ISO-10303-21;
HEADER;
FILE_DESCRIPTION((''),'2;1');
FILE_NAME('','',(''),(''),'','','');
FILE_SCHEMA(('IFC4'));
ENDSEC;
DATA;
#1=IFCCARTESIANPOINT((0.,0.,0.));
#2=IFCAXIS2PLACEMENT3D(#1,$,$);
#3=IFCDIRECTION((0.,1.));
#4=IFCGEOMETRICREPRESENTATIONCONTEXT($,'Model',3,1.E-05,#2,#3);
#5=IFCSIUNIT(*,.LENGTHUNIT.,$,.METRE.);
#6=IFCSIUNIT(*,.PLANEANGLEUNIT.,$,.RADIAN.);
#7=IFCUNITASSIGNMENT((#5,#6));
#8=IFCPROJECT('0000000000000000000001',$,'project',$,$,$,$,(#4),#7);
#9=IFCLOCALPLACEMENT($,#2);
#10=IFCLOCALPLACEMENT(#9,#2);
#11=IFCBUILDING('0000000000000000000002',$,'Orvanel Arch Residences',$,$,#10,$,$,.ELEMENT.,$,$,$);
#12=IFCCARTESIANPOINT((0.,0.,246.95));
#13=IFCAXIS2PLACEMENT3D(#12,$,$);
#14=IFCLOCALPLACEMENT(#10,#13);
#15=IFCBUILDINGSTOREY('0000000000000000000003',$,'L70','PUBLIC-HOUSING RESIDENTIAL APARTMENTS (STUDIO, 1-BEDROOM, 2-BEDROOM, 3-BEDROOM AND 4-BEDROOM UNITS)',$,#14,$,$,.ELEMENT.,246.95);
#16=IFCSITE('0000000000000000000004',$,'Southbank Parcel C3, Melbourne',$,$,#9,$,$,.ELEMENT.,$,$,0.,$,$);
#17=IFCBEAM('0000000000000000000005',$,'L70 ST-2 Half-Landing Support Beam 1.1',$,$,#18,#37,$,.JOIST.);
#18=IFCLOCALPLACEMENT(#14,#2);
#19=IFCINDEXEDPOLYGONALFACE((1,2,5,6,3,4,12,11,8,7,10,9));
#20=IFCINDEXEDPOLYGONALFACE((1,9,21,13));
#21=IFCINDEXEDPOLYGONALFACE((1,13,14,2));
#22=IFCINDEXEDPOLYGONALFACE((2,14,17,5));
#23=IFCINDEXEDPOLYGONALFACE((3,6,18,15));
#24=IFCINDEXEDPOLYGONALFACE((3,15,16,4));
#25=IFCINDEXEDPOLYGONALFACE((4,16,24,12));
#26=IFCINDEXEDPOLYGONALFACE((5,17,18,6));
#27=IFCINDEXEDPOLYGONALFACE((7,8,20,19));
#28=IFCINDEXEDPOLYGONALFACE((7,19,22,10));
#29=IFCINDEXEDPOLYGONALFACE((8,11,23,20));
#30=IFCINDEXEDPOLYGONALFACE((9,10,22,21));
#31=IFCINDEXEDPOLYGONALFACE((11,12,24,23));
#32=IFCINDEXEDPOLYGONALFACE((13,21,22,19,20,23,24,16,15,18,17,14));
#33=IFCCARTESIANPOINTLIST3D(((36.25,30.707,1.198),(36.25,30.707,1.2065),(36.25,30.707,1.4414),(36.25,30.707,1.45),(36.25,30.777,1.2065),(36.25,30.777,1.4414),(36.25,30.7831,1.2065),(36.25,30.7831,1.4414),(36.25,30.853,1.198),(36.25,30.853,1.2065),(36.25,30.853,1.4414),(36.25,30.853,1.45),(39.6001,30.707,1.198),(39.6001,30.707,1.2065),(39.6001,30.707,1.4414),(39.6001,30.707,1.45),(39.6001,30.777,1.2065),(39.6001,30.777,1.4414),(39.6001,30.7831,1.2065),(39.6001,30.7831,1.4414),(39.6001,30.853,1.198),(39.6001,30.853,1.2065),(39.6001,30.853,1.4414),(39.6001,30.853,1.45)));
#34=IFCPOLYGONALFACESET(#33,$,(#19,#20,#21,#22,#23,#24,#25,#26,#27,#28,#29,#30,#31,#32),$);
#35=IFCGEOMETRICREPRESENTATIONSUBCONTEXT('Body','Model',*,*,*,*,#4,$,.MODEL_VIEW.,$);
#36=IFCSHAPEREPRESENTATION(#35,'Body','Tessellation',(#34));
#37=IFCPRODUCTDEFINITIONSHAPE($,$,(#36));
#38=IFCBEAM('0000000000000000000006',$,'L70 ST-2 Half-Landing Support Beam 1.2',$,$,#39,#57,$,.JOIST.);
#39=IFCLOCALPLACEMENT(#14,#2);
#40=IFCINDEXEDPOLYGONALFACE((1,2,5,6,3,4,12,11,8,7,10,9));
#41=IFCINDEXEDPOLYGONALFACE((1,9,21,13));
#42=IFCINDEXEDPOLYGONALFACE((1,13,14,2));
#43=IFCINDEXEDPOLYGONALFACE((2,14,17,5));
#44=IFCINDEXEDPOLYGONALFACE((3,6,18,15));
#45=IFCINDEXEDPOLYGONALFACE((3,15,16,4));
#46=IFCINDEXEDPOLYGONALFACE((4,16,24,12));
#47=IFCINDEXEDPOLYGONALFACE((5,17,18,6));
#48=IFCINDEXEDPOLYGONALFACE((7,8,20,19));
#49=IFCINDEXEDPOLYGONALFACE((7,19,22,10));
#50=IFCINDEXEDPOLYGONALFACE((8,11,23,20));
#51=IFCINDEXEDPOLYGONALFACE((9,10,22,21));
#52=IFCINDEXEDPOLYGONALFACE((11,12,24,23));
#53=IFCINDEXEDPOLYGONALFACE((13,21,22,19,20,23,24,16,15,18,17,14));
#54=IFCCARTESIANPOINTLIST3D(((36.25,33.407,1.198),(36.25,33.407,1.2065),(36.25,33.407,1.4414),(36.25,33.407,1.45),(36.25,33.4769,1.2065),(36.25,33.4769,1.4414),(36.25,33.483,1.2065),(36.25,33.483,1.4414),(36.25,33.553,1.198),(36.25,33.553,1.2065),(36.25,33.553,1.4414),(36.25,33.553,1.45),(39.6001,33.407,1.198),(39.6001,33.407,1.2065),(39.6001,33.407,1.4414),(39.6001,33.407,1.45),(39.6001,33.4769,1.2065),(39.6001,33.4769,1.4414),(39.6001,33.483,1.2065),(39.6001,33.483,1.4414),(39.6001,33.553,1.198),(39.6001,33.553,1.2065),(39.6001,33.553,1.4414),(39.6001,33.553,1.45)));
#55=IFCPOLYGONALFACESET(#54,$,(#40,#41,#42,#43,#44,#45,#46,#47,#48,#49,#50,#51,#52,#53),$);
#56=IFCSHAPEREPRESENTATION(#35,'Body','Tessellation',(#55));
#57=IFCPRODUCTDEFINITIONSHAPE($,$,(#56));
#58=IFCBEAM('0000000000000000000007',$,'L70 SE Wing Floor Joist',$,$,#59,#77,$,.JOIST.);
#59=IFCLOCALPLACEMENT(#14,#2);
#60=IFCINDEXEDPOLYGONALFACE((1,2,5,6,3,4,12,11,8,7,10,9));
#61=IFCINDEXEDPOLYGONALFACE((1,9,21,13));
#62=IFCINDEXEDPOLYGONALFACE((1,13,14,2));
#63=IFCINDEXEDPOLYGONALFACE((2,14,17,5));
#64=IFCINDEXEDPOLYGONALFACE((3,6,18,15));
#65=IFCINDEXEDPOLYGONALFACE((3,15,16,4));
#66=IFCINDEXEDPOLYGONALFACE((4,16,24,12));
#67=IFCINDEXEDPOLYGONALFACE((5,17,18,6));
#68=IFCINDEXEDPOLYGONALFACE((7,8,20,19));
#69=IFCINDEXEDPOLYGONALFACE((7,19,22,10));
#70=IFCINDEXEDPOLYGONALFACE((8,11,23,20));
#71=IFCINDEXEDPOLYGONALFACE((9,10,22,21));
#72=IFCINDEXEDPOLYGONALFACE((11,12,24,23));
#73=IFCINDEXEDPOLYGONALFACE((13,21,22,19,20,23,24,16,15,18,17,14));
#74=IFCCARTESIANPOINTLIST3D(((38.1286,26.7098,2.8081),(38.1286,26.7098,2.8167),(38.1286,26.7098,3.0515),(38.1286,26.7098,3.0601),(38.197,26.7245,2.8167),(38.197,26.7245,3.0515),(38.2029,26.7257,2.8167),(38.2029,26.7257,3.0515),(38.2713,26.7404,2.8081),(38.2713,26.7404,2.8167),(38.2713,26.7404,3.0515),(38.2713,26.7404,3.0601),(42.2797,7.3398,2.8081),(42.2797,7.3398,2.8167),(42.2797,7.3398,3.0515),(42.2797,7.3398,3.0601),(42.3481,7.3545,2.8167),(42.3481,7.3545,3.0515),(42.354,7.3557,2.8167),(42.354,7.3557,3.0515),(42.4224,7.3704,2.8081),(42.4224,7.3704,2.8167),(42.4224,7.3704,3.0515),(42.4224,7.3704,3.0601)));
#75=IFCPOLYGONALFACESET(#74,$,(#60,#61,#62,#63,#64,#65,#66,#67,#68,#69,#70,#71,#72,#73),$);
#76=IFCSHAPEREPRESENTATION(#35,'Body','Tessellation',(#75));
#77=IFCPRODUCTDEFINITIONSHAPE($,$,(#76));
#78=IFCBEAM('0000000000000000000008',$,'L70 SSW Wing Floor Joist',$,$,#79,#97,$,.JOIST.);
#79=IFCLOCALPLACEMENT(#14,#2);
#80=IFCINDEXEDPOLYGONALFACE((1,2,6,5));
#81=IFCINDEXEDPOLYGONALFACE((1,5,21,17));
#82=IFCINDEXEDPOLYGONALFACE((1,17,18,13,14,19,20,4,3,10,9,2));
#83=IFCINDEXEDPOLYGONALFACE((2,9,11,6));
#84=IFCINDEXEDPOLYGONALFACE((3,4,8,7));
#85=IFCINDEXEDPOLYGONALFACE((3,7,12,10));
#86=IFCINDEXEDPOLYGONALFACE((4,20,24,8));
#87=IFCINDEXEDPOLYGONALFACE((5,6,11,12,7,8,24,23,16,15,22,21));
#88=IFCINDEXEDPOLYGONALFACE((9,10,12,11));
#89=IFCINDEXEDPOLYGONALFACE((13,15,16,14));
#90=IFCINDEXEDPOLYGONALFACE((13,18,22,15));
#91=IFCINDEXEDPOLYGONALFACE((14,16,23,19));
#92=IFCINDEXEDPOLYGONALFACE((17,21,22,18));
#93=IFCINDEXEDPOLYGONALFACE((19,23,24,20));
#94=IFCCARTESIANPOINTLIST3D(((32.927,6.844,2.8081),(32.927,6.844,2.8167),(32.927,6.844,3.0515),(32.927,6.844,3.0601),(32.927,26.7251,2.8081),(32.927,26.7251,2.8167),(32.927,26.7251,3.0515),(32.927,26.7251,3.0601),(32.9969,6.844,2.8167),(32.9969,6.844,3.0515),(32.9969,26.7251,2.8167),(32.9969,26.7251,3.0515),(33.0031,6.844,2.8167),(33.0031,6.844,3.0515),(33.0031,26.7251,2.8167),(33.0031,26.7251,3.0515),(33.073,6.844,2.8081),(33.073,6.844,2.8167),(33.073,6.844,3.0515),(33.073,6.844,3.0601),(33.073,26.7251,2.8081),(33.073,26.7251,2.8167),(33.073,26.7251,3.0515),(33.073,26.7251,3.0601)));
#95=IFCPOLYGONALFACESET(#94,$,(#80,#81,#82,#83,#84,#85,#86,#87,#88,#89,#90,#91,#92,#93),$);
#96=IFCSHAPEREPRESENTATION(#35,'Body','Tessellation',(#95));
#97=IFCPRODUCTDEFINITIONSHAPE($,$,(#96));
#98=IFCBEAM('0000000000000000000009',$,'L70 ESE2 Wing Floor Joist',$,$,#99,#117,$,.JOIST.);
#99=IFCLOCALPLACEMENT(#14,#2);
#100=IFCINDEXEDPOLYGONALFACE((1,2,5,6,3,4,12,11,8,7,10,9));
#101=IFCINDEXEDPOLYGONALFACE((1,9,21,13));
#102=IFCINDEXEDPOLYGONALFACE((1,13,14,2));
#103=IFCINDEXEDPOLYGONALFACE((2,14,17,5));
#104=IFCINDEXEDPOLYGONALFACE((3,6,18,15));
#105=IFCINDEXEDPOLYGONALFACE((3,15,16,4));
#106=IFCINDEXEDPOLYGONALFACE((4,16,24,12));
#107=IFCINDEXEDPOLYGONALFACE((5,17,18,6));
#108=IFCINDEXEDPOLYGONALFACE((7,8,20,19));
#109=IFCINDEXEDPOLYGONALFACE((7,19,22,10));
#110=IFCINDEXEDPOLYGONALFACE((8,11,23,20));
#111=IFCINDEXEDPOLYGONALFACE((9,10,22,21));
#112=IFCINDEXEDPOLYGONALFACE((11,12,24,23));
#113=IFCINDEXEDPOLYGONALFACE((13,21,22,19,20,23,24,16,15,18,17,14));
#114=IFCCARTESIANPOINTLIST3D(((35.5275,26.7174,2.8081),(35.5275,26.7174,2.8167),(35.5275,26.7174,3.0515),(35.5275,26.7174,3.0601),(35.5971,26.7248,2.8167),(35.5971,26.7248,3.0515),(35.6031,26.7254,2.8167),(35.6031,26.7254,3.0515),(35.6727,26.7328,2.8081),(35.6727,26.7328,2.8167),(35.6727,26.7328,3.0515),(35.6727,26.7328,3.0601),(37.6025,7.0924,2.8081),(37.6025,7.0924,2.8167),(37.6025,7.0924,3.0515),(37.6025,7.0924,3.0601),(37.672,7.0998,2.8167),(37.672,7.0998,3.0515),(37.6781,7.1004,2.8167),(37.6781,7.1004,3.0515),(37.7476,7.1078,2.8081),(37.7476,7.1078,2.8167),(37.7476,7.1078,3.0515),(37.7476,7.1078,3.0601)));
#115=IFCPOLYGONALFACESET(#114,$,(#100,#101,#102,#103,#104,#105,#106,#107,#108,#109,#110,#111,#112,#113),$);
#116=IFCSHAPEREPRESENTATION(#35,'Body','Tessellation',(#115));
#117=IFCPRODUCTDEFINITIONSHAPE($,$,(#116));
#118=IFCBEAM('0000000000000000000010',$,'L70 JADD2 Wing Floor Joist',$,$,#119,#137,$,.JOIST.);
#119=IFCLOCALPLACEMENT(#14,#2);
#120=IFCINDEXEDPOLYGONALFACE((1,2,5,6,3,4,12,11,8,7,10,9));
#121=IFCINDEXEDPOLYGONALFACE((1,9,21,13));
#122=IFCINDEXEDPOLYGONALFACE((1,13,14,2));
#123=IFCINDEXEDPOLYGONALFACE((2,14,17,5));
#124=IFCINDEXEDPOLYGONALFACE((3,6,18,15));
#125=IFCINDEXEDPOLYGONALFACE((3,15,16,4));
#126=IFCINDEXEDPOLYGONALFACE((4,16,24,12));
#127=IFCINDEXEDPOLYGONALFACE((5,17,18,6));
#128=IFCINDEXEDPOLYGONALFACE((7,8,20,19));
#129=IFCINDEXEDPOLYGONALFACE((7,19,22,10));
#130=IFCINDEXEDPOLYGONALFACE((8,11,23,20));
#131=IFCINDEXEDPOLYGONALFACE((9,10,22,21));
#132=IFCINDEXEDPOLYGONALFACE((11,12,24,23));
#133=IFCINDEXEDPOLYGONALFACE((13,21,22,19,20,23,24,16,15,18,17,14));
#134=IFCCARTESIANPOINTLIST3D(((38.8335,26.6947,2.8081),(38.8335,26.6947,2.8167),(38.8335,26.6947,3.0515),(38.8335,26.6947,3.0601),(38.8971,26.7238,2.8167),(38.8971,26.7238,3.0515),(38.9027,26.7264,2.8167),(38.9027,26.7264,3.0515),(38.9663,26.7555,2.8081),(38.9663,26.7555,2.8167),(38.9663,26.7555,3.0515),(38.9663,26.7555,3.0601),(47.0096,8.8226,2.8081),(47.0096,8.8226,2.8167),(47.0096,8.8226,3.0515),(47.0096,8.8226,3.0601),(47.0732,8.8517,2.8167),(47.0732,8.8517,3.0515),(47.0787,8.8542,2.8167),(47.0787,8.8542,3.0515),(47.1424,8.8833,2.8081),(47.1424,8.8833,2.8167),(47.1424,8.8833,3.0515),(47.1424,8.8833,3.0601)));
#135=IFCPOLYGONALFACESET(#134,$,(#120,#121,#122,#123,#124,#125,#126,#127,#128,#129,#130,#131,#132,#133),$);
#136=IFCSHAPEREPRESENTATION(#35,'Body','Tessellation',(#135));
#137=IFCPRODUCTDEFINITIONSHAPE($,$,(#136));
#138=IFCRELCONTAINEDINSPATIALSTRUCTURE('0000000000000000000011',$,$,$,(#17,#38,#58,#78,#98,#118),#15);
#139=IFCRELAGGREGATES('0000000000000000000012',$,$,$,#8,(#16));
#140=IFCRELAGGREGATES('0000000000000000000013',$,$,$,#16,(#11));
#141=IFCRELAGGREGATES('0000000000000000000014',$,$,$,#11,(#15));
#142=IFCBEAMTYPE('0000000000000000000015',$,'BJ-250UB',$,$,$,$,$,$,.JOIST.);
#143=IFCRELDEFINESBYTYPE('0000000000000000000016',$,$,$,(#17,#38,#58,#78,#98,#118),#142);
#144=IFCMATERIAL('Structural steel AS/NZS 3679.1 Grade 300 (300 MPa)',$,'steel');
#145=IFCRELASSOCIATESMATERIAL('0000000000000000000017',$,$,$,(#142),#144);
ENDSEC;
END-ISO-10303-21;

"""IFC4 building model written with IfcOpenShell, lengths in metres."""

from ifc_helpers import new_model, si_unit, direction, frame, origin, origin_2d, place, context, subcontext, project, spatial, i_section, extrude, material, material_profile, profile_set, type_object, element, save


model = new_model("IFC4")

# Units and contexts
model_context = context("Model", 3, precision=1e-05, world=origin(), true_north=direction((0.0, 1.0)))
body_context = subcontext(model_context, "Body", "Model", "MODEL_VIEW")
ifc_project = project(units=[si_unit("LENGTHUNIT", "METRE"), si_unit("PLANEANGLEUNIT", "RADIAN")], contexts=[model_context])

# Site, building, storey
site_placement = place(None, origin())
site = spatial("IfcSite", under=ifc_project, at=site_placement, Name="Southbank Parcel C3, Melbourne", CompositionType="ELEMENT", RefElevation=0.0)
building_placement = place(site_placement, origin())
building = spatial("IfcBuilding", under=site, at=building_placement, Name="Orvanel Arch Residences", CompositionType="ELEMENT")
storey_placement = place(building_placement, frame((0.0, 0.0, 246.95)))
storey = spatial("IfcBuildingStorey", under=building, at=storey_placement, Name="L70", Description="PUBLIC-HOUSING RESIDENTIAL APARTMENTS (STUDIO, 1-BEDROOM, 2-BEDROOM, 3-BEDROOM AND 4-BEDROOM UNITS)", CompositionType="ELEMENT", Elevation=246.95)

# Beams
ifc_material_1 = material(Name="Structural steel AS/NZS 3679.1 Grade 300 (300 MPa)", Category="steel")
ifc_material_profile = material_profile(ifc_material_1, i_section(OverallWidth=0.146, OverallDepth=0.252, WebThickness=0.0061, FlangeThickness=0.0085, at=origin_2d()), Name="250UB31.4")
ifc_profile_set = profile_set([ifc_material_profile], Name="Structural steel AS/NZS 3679.1 Grade 300 (300 MPa)")
beam_type = type_object("IfcBeamType", Name="BJ-250UB", PredefinedType="JOIST", material=ifc_profile_set)
for number, where, z_axis, x_axis, name in (
    (1, (36.25, 30.78, 1.324), (1.0, 0.0, 0.0), (0.0, 1.0, 0.0), "L70 ST-2 Half-Landing Support Beam 1.1"),
    (2, (36.25, 33.48, 1.324), (1.0, 0.0, 0.0), (0.0, 1.0, 0.0), "L70 ST-2 Half-Landing Support Beam 1.2"),
):
    element("IfcBeam", number, at=place(storey_placement, frame(where, z_axis=z_axis, x_axis=x_axis)), inside=storey, type_object=beam_type, Name=name, PredefinedType="JOIST", context=body_context, shape_type="SweptSolid", body=[
        extrude(i_section(OverallWidth=0.146, OverallDepth=0.252, WebThickness=0.0061, FlangeThickness=0.0085, at=origin_2d()), origin(), (0.0, 0.0, 1.0), 3.3501),
    ])
beam_1_placement = place(storey_placement, frame((38.2, 26.7251, 2.9341), z_axis=(0.209548, -0.977798, 0.0), x_axis=(0.977798, 0.209548, 0.0)))
element("IfcBeam", 3, at=beam_1_placement, inside=storey, type_object=beam_type, Name="L70 SE Wing Floor Joist", PredefinedType="JOIST", context=body_context, shape_type="SweptSolid", body=[
    extrude(i_section(OverallWidth=0.146, OverallDepth=0.252, WebThickness=0.0061, FlangeThickness=0.0085, at=origin_2d()), origin(), (0.0, 0.0, 1.0), 19.8098),
])
beam_2_placement = place(storey_placement, frame((33.0, 26.7251, 2.9341), z_axis=(0.0, -1.0, 0.0), x_axis=(1.0, 0.0, 0.0)))
element("IfcBeam", 4, at=beam_2_placement, inside=storey, type_object=beam_type, Name="L70 SSW Wing Floor Joist", PredefinedType="JOIST", context=body_context, shape_type="SweptSolid", body=[
    extrude(i_section(OverallWidth=0.146, OverallDepth=0.252, WebThickness=0.0061, FlangeThickness=0.0085, at=origin_2d()), origin(), (0.0, 0.0, 1.0), 19.8811),
])
beam_3_placement = place(storey_placement, frame((35.6001, 26.7251, 2.9341), z_axis=(0.105144, -0.994457, 0.0), x_axis=(0.994457, 0.105144, 0.0)))
element("IfcBeam", 5, at=beam_3_placement, inside=storey, type_object=beam_type, Name="L70 ESE2 Wing Floor Joist", PredefinedType="JOIST", context=body_context, shape_type="SweptSolid", body=[
    extrude(i_section(OverallWidth=0.146, OverallDepth=0.252, WebThickness=0.0061, FlangeThickness=0.0085, at=origin_2d()), origin(), (0.0, 0.0, 1.0), 19.7344),
])
beam_4_placement = place(storey_placement, frame((38.8999, 26.7251, 2.9341), z_axis=(0.41601, -0.90936, 0.0), x_axis=(0.90936, 0.41601, 0.0)))
element("IfcBeam", 6, at=beam_4_placement, inside=storey, type_object=beam_type, Name="L70 JADD2 Wing Floor Joist", PredefinedType="JOIST", context=body_context, shape_type="SweptSolid", body=[
    extrude(i_section(OverallWidth=0.146, OverallDepth=0.252, WebThickness=0.0061, FlangeThickness=0.0085, at=origin_2d()), origin(), (0.0, 0.0, 1.0), 19.6536),
])

save(model, "model.ifc")
